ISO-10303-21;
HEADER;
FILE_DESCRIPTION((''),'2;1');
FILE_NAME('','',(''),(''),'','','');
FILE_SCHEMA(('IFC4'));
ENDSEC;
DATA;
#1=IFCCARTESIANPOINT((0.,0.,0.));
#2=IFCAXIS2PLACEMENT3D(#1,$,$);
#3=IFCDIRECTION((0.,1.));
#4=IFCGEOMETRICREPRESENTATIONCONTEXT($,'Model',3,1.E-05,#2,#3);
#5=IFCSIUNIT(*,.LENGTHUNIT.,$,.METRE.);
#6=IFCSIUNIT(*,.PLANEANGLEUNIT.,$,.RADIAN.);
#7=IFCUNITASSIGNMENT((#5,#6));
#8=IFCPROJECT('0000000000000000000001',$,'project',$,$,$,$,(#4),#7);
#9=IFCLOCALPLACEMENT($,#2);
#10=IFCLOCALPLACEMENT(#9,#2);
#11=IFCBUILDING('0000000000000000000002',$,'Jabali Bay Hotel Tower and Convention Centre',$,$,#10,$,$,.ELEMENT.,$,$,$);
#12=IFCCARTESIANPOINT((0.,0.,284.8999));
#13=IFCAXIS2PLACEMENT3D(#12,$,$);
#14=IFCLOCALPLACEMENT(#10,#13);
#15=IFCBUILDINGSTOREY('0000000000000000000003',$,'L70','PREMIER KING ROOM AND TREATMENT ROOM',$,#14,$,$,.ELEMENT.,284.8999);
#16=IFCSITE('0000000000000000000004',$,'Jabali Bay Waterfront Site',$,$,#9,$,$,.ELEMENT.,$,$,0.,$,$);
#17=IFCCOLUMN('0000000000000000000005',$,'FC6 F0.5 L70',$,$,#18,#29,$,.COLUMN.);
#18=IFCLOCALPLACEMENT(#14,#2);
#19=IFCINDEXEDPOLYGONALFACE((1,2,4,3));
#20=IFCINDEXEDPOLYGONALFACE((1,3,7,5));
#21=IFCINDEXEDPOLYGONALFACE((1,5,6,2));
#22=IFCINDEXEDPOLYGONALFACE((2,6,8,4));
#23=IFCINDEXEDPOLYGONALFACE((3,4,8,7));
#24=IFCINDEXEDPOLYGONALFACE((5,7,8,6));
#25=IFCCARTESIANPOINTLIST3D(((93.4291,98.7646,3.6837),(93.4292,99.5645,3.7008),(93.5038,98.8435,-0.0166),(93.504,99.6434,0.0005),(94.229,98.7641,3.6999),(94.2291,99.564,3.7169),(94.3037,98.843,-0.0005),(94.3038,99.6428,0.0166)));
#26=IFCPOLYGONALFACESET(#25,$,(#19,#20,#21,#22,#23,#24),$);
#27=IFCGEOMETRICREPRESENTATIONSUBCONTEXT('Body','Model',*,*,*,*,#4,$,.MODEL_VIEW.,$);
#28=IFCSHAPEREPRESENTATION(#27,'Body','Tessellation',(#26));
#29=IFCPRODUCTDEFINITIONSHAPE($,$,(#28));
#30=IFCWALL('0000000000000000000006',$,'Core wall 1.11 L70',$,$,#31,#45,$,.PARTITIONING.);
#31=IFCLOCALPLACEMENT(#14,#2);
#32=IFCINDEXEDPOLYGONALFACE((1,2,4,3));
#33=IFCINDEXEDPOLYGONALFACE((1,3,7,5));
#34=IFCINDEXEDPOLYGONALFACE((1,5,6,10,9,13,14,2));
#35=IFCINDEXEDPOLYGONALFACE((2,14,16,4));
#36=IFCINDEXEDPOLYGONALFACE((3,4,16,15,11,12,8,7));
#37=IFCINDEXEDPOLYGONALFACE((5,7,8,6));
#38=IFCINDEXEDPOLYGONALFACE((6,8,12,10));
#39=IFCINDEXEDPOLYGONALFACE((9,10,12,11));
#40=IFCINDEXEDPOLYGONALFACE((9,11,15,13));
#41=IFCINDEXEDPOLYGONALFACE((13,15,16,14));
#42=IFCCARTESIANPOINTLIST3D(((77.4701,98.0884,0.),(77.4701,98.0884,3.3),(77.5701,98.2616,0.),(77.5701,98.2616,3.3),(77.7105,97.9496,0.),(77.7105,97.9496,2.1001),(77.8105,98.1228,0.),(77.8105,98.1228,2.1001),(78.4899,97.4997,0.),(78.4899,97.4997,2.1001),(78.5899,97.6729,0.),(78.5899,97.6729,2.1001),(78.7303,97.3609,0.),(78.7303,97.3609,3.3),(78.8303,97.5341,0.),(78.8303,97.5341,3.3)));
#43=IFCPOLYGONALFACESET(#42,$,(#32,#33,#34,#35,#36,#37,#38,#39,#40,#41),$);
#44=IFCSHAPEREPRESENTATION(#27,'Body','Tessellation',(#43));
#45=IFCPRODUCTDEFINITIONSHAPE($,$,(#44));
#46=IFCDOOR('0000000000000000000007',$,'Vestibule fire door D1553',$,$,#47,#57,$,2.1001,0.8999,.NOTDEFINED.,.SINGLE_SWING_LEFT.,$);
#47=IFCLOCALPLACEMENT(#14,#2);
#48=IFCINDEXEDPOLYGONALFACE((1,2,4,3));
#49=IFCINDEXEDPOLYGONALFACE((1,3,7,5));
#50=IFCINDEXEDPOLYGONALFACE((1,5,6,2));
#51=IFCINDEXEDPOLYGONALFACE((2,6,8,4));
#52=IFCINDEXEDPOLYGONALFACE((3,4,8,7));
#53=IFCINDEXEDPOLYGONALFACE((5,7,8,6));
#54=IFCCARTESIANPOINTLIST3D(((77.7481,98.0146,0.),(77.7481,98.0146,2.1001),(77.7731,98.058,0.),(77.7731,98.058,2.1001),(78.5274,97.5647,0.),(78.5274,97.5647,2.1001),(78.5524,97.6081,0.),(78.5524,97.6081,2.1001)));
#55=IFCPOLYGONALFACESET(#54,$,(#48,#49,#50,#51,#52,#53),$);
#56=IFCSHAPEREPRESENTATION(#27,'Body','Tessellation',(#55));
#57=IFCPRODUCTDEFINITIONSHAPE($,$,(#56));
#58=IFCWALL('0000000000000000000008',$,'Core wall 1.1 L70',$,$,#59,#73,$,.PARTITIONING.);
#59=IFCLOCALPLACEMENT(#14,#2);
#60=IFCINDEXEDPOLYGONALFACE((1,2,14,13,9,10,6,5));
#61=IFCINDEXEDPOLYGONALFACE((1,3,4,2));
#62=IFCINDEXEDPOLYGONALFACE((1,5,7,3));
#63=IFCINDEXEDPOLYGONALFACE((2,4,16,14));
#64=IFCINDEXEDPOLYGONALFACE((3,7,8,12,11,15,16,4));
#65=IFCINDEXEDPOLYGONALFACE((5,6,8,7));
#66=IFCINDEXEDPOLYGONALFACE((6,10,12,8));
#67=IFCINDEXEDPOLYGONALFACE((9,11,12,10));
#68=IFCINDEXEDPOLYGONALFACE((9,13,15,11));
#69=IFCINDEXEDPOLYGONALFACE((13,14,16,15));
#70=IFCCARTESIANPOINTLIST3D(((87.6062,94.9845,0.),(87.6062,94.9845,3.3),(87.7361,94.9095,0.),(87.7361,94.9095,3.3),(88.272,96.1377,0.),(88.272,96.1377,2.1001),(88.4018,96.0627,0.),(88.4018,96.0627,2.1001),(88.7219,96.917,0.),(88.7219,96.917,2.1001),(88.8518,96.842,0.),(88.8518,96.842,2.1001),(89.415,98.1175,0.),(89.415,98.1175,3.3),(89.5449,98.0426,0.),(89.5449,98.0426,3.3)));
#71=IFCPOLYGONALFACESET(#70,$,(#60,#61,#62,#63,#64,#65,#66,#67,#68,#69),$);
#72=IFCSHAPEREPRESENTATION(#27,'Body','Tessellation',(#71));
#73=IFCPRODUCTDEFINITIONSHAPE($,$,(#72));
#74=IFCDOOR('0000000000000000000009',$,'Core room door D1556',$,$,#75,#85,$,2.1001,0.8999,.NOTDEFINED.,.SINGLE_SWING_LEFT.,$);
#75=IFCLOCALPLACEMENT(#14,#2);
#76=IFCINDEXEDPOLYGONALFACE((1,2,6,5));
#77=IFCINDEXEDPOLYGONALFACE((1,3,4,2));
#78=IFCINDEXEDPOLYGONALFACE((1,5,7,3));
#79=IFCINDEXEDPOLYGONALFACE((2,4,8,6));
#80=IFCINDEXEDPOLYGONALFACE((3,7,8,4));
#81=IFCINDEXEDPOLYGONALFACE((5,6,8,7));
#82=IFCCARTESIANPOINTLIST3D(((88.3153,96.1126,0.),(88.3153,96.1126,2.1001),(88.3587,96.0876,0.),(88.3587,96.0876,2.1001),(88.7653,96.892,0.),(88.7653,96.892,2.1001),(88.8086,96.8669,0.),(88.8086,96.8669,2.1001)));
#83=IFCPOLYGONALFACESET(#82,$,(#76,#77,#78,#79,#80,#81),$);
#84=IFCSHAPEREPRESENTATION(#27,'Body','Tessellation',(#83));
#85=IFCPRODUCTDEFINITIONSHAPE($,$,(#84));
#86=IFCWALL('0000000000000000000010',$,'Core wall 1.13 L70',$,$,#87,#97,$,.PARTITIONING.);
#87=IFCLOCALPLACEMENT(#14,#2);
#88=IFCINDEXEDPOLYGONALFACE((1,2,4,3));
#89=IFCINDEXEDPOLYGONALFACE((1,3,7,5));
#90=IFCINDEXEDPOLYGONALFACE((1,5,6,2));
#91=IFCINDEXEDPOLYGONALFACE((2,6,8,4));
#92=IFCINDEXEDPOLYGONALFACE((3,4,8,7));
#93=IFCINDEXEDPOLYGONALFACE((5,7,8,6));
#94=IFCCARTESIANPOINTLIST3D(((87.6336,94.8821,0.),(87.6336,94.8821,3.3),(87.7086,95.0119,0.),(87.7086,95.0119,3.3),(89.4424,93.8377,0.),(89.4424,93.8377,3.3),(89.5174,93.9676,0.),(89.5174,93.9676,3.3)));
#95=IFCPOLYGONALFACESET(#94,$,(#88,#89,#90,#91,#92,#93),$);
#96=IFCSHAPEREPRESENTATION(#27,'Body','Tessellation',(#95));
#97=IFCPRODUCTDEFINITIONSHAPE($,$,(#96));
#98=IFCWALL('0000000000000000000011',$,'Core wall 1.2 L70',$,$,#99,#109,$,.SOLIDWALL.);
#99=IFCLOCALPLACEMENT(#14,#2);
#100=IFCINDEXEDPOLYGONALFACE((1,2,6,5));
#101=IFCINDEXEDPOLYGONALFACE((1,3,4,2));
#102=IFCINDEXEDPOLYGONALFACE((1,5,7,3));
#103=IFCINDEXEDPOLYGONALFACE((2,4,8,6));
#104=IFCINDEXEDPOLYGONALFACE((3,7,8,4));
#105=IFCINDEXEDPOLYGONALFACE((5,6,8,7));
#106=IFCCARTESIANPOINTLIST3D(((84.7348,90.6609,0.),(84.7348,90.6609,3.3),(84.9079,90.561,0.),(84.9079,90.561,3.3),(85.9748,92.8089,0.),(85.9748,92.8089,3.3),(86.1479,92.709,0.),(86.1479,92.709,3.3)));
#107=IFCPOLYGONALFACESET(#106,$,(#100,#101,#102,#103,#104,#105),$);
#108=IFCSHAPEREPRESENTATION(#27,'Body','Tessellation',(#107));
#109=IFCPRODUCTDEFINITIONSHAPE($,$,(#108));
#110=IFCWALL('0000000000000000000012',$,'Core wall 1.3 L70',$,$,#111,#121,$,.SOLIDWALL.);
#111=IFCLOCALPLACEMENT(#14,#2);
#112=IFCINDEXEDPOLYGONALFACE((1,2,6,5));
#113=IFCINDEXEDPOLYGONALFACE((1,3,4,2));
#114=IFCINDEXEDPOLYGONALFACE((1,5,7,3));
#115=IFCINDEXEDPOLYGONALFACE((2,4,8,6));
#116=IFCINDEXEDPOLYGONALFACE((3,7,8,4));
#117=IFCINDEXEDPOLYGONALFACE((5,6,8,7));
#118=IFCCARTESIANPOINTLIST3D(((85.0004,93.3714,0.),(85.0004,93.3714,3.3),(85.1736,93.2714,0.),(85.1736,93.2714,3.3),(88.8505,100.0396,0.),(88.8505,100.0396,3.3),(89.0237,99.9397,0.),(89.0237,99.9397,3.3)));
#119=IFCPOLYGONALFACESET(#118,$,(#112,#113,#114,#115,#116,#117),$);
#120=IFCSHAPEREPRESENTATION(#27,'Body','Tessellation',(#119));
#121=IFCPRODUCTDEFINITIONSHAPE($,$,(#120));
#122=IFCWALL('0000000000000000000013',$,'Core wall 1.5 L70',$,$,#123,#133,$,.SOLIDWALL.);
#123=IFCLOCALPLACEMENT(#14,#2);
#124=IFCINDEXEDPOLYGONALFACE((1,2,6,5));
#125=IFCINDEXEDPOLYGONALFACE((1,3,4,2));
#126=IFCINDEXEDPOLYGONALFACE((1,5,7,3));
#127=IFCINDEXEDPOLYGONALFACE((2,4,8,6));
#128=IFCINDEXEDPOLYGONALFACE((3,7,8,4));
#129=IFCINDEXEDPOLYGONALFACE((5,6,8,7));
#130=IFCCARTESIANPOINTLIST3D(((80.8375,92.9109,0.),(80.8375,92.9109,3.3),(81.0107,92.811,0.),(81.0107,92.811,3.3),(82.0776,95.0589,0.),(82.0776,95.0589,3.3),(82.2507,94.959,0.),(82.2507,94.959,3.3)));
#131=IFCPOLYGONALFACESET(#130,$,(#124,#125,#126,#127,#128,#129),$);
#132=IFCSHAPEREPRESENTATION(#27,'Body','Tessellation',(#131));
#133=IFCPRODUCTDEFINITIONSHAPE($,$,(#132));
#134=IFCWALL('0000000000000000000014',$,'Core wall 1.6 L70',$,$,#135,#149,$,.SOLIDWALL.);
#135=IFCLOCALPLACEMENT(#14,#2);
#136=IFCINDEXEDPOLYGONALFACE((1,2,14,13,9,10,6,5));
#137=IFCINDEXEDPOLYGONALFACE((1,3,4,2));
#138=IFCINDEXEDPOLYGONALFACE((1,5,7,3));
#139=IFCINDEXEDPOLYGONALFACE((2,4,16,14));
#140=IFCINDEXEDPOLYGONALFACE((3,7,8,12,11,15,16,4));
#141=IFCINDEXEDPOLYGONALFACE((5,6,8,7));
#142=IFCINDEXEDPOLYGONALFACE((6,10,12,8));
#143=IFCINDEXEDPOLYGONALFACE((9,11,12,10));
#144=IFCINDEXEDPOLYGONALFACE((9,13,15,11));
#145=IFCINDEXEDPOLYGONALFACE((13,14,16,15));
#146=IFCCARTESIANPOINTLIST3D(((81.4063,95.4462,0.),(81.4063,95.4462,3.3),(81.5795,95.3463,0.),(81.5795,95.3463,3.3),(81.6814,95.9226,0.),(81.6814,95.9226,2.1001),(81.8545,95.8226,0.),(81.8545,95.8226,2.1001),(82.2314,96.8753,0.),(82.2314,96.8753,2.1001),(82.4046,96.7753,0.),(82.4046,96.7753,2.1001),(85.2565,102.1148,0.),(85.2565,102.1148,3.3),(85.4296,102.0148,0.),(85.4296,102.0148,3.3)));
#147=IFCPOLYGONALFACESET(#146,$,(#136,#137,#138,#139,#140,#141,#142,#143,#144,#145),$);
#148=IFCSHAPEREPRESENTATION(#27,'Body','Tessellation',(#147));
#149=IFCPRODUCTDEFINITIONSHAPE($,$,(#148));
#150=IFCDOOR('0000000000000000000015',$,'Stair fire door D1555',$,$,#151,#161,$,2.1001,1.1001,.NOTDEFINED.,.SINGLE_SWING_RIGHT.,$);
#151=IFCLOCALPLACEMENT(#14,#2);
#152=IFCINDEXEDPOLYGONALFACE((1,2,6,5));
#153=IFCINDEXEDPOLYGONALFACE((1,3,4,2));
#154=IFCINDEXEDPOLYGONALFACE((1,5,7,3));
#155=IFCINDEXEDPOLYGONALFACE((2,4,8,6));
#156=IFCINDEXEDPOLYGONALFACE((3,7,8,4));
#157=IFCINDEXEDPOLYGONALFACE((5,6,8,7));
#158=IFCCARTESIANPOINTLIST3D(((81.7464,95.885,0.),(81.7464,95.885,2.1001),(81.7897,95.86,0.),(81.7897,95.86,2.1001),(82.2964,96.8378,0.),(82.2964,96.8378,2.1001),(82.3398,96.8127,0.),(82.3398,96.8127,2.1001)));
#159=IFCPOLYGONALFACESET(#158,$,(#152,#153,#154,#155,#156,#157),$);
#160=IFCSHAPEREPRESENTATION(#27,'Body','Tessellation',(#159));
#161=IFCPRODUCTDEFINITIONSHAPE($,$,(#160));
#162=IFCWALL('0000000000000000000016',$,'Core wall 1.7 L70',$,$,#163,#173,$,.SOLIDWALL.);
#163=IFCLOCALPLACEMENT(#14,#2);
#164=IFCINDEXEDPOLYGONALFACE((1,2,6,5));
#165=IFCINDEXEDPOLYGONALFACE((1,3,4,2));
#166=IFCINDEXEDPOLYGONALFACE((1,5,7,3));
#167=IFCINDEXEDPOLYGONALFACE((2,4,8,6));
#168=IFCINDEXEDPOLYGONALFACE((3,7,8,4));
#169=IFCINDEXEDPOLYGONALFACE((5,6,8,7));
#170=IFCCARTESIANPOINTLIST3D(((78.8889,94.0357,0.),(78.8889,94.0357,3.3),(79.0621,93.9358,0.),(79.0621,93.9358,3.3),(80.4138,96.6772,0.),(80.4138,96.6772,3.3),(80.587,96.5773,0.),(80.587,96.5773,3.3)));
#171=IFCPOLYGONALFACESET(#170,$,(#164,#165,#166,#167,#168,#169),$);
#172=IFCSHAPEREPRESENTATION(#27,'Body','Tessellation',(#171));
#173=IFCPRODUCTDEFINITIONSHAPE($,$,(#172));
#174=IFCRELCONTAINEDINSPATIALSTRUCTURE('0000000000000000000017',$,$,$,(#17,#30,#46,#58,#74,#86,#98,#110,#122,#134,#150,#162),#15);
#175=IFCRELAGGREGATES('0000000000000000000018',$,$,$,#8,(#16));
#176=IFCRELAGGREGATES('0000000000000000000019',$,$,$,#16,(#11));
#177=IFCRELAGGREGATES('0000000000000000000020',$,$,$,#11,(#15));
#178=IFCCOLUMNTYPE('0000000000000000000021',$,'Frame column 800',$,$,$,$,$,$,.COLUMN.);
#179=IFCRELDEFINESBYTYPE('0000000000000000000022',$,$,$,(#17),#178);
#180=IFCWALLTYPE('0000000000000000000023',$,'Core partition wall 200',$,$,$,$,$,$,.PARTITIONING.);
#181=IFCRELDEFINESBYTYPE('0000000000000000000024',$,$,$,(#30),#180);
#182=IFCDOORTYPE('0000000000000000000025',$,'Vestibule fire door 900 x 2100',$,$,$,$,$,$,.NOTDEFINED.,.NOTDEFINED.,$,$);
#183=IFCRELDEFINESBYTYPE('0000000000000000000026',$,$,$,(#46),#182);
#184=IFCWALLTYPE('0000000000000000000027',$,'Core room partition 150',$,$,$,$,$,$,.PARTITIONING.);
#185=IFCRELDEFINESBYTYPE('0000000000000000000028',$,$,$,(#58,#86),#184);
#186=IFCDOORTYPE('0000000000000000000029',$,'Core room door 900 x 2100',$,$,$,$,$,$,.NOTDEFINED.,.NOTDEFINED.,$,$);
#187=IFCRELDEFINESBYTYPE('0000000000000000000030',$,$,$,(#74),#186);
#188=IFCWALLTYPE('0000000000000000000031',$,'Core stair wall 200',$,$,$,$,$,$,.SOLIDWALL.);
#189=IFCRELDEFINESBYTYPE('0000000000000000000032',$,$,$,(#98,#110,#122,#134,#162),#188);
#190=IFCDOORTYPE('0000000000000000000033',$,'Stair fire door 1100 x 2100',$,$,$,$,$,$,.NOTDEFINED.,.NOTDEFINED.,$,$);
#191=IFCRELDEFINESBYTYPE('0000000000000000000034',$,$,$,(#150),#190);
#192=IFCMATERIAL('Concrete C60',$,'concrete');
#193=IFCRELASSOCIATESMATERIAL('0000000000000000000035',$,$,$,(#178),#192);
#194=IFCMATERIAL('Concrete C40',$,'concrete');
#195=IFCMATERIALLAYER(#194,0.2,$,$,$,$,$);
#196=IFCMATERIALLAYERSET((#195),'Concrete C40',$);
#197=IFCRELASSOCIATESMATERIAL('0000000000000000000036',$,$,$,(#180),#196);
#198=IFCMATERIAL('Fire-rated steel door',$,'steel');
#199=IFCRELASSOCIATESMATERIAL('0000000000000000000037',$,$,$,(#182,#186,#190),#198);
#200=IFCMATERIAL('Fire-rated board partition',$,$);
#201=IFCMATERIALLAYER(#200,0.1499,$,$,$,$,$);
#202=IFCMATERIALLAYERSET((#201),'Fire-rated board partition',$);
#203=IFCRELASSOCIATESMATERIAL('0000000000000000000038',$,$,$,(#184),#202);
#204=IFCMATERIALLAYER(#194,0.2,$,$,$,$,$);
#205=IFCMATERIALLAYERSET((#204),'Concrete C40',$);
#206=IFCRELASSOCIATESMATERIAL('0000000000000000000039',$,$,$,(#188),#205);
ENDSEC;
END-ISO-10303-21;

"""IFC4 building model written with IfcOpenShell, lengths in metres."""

from ifc_helpers import new_model, si_unit, direction, frame, frame_2d, origin, origin_2d, place, context, subcontext, project, spatial, rectangle, extrude, material, layer, layer_set, material_profile, profile_set, type_object, element, fill, save


model = new_model("IFC4")

# Units and contexts
model_context = context("Model", 3, precision=1e-05, world=origin(), true_north=direction((0.0, 1.0)))
body_context = subcontext(model_context, "Body", "Model", "MODEL_VIEW")
ifc_project = project(units=[si_unit("LENGTHUNIT", "METRE"), si_unit("PLANEANGLEUNIT", "RADIAN")], contexts=[model_context])

# Site, building, storey
site_placement = place(None, origin())
site = spatial("IfcSite", under=ifc_project, at=site_placement, Name="Jabali Bay Waterfront Site", CompositionType="ELEMENT", RefElevation=0.0)
building_placement = place(site_placement, origin())
building = spatial("IfcBuilding", under=site, at=building_placement, Name="Jabali Bay Hotel Tower and Convention Centre", CompositionType="ELEMENT")
storey_placement = place(building_placement, frame((0.0, 0.0, 284.8999)))
storey = spatial("IfcBuildingStorey", under=building, at=storey_placement, Name="L70", Description="PREMIER KING ROOM AND TREATMENT ROOM", CompositionType="ELEMENT", Elevation=284.8999)

# Column
ifc_material_1 = material(Name="Concrete C60", Category="concrete")
ifc_material_profile = material_profile(ifc_material_1, rectangle(XDim=0.8, YDim=0.8, at=origin_2d()), Name="Frame column 800")
ifc_profile_set = profile_set([ifc_material_profile], Name="Concrete C60")
column_type = type_object("IfcColumnType", Name="Frame column 800", PredefinedType="COLUMN", material=ifc_profile_set)
column_placement = place(storey_placement, frame((93.9038, 99.2432, 0.0), z_axis=(-0.020181, -0.021303, 0.999569), x_axis=(0.999796, -0.000658, 0.020172)))
element("IfcColumn", 1, at=column_placement, inside=storey, type_object=column_type, Name="FC6 F0.5 L70", PredefinedType="COLUMN", context=body_context, shape_type="SweptSolid", body=[
    extrude(rectangle(XDim=0.8, YDim=0.8, at=origin_2d()), origin(), (0.0, 0.0, 1.0), 3.7019),
])

# Walls, openings, doors
ifc_material_2 = material(Name="Concrete C40", Category="concrete")
ifc_layer_1 = layer(ifc_material_2, 0.2)
ifc_layer_set_1 = layer_set([ifc_layer_1], Name="Concrete C40")
wall_type_1 = type_object("IfcWallType", Name="Core partition wall 200", PredefinedType="PARTITIONING", material=ifc_layer_set_1)
wall_1_placement = place(storey_placement, frame((78.7803, 97.4475, 0.0), z_axis=(0.0, 0.0, 1.0), x_axis=(-0.866046, 0.499965, 0.0)))
wall_1 = element("IfcWall", 2, at=wall_1_placement, inside=storey, type_object=wall_type_1, Name="Core wall 1.11 L70", PredefinedType="PARTITIONING", context=body_context, shape_type="SweptSolid", body=[
    extrude(rectangle(XDim=1.4551, YDim=0.2, at=frame_2d((0.7275, 0.0))), origin(), (0.0, 0.0, 1.0), 3.3),
])
opening_1_placement = place(wall_1_placement, frame((0.2776, 0.0, 0.0)))
opening_1 = element("IfcOpeningElement", 3, at=opening_1_placement, cuts=wall_1, PredefinedType="OPENING", context=body_context, shape_type="SweptSolid", body=[
    extrude(rectangle(XDim=0.8999, YDim=2.1001, at=frame_2d((0.45, 1.05))), frame((0.0, 0.1104, 0.0), z_axis=(0.0, -1.0, 0.0), x_axis=(1.0, 0.0, 0.0)), (0.0, 0.0, 1.0), 0.2209),
])
ifc_material_3 = material(Name="Fire-rated steel door", Category="steel")
door_type_1 = type_object("IfcDoorType", Name="Vestibule fire door 900 x 2100", OperationType="NOTDEFINED", PredefinedType="NOTDEFINED", material=ifc_material_3)
door_1_placement = place(opening_1_placement, origin())
door_1 = element("IfcDoor", 4, at=door_1_placement, inside=storey, type_object=door_type_1, Name="Vestibule fire door D1553", OperationType="SINGLE_SWING_LEFT", OverallHeight=2.1001, OverallWidth=0.8999, PredefinedType="NOTDEFINED", context=body_context, shape_type="SweptSolid", body=[
    extrude(rectangle(XDim=0.8999, YDim=2.1001, at=frame_2d((0.45, 1.05))), frame((0.0, 0.0249, 0.0), z_axis=(0.0, -1.0, 0.0), x_axis=(1.0, 0.0, 0.0)), (0.0, 0.0, 1.0), 0.05),
])
fill(opening_1, door_1)
ifc_material_4 = material(Name="Fire-rated board partition")
ifc_layer_2 = layer(ifc_material_4, 0.1499)
ifc_layer_set_2 = layer_set([ifc_layer_2], Name="Fire-rated board partition")
wall_type_2 = type_object("IfcWallType", Name="Core room partition 150", PredefinedType="PARTITIONING", material=ifc_layer_set_2)
wall_2_placement = place(storey_placement, frame((87.6711, 94.947, 0.0), z_axis=(0.0, 0.0, 1.0), x_axis=(0.499993, 0.866029, 0.0)))
wall_2 = element("IfcWall", 5, at=wall_2_placement, inside=storey, type_object=wall_type_2, Name="Core wall 1.1 L70", PredefinedType="PARTITIONING", context=body_context, shape_type="SweptSolid", body=[
    extrude(rectangle(XDim=3.6177, YDim=0.1499, at=frame_2d((1.8088, 0.0))), origin(), (0.0, 0.0, 1.0), 3.3),
])
opening_2_placement = place(wall_2_placement, frame((1.3315, 0.0, 0.0)))
opening_2 = element("IfcOpeningElement", 6, at=opening_2_placement, cuts=wall_2, PredefinedType="OPENING", context=body_context, shape_type="SweptSolid", body=[
    extrude(rectangle(XDim=0.8999, YDim=2.1001, at=frame_2d((0.45, 1.05))), frame((0.0, 0.0854, 0.0), z_axis=(0.0, -1.0, 0.0), x_axis=(1.0, 0.0, 0.0)), (0.0, 0.0, 1.0), 0.1709),
])
door_type_2 = type_object("IfcDoorType", Name="Core room door 900 x 2100", OperationType="NOTDEFINED", PredefinedType="NOTDEFINED", material=ifc_material_3)
door_2_placement = place(opening_2_placement, origin())
door_2 = element("IfcDoor", 7, at=door_2_placement, inside=storey, type_object=door_type_2, Name="Core room door D1556", OperationType="SINGLE_SWING_LEFT", OverallHeight=2.1001, OverallWidth=0.8999, PredefinedType="NOTDEFINED", context=body_context, shape_type="SweptSolid", body=[
    extrude(rectangle(XDim=0.8999, YDim=2.1001, at=frame_2d((0.45, 1.05))), frame((0.0, 0.0249, 0.0), z_axis=(0.0, -1.0, 0.0), x_axis=(1.0, 0.0, 0.0)), (0.0, 0.0, 1.0), 0.05),
])
fill(opening_2, door_2)

# Walls
wall_3_placement = place(storey_placement, frame((89.48, 93.9026, 0.0), z_axis=(0.0, 0.0, 1.0), x_axis=(-0.866005, 0.500036, 0.0)))
element("IfcWall", 8, at=wall_3_placement, inside=storey, type_object=wall_type_2, Name="Core wall 1.13 L70", PredefinedType="PARTITIONING", context=body_context, shape_type="SweptSolid", body=[
    extrude(rectangle(XDim=2.0886, YDim=0.1499, at=frame_2d((1.0444, 0.0))), origin(), (0.0, 0.0, 1.0), 3.3),
])
ifc_layer_3 = layer(ifc_material_2, 0.2)
ifc_layer_set_3 = layer_set([ifc_layer_3], Name="Concrete C40")
wall_type_3 = type_object("IfcWallType", Name="Core stair wall 200", PredefinedType="SOLIDWALL", material=ifc_layer_set_3)
wall_4_placement = place(storey_placement, frame((84.8213, 90.6108, 0.0), z_axis=(0.0, 0.0, 1.0), x_axis=(0.499961, 0.866048, 0.0)))
element("IfcWall", 9, at=wall_4_placement, inside=storey, type_object=wall_type_3, Name="Core wall 1.2 L70", PredefinedType="SOLIDWALL", context=body_context, shape_type="SweptSolid", body=[
    extrude(rectangle(XDim=2.4802, YDim=0.2, at=frame_2d((1.2402, 0.0))), origin(), (0.0, 0.0, 1.0), 3.3),
])
wall_5_placement = place(storey_placement, frame((85.0869, 93.3213, 0.0), z_axis=(0.0, 0.0, 1.0), x_axis=(0.50002, 0.866014, 0.0)))
element("IfcWall", 10, at=wall_5_placement, inside=storey, type_object=wall_type_3, Name="Core wall 1.3 L70", PredefinedType="SOLIDWALL", context=body_context, shape_type="SweptSolid", body=[
    extrude(rectangle(XDim=7.7, YDim=0.2, at=frame_2d((3.8501, 0.0))), origin(), (0.0, 0.0, 1.0), 3.3),
])
wall_6_placement = place(storey_placement, frame((80.9241, 92.8608, 0.0), z_axis=(0.0, 0.0, 1.0), x_axis=(0.499961, 0.866048, 0.0)))
element("IfcWall", 11, at=wall_6_placement, inside=storey, type_object=wall_type_3, Name="Core wall 1.5 L70", PredefinedType="SOLIDWALL", context=body_context, shape_type="SweptSolid", body=[
    extrude(rectangle(XDim=2.4802, YDim=0.2, at=frame_2d((1.2402, 0.0))), origin(), (0.0, 0.0, 1.0), 3.3),
])

# Wall, opening, door
wall_7_placement = place(storey_placement, frame((81.4929, 95.3962, 0.0), z_axis=(0.0, 0.0, 1.0), x_axis=(0.500006, 0.866022, 0.0)))
wall_7 = element("IfcWall", 12, at=wall_7_placement, inside=storey, type_object=wall_type_3, Name="Core wall 1.6 L70", PredefinedType="SOLIDWALL", context=body_context, shape_type="SweptSolid", body=[
    extrude(rectangle(XDim=7.7002, YDim=0.2, at=frame_2d((3.8501, 0.0))), origin(), (0.0, 0.0, 1.0), 3.3),
])
opening_3_placement = place(wall_7_placement, frame((0.55, 0.0, 0.0)))
opening_3 = element("IfcOpeningElement", 13, at=opening_3_placement, cuts=wall_7, PredefinedType="OPENING", context=body_context, shape_type="SweptSolid", body=[
    extrude(rectangle(XDim=1.1001, YDim=2.1001, at=frame_2d((0.55, 1.05))), frame((0.0, 0.1104, 0.0), z_axis=(0.0, -1.0, 0.0), x_axis=(1.0, 0.0, 0.0)), (0.0, 0.0, 1.0), 0.2209),
])
door_type_3 = type_object("IfcDoorType", Name="Stair fire door 1100 x 2100", OperationType="NOTDEFINED", PredefinedType="NOTDEFINED", material=ifc_material_3)
door_3_placement = place(opening_3_placement, origin())
door_3 = element("IfcDoor", 14, at=door_3_placement, inside=storey, type_object=door_type_3, Name="Stair fire door D1555", OperationType="SINGLE_SWING_RIGHT", OverallHeight=2.1001, OverallWidth=1.1001, PredefinedType="NOTDEFINED", context=body_context, shape_type="SweptSolid", body=[
    extrude(rectangle(XDim=1.1001, YDim=2.1001, at=frame_2d((0.55, 1.05))), frame((0.0, 0.0249, 0.0), z_axis=(0.0, -1.0, 0.0), x_axis=(1.0, 0.0, 0.0)), (0.0, 0.0, 1.0), 0.05),
])
fill(opening_3, door_3)

# Wall
wall_8_placement = place(storey_placement, frame((78.9756, 93.9858, 0.0), z_axis=(0.0, 0.0, 1.0), x_axis=(0.499944, 0.866058, 0.0)))
element("IfcWall", 15, at=wall_8_placement, inside=storey, type_object=wall_type_3, Name="Core wall 1.7 L70", PredefinedType="SOLIDWALL", context=body_context, shape_type="SweptSolid", body=[
    extrude(rectangle(XDim=3.05, YDim=0.2, at=frame_2d((1.5249, 0.0))), origin(), (0.0, 0.0, 1.0), 3.3),
])

save(model, "model.ifc")
